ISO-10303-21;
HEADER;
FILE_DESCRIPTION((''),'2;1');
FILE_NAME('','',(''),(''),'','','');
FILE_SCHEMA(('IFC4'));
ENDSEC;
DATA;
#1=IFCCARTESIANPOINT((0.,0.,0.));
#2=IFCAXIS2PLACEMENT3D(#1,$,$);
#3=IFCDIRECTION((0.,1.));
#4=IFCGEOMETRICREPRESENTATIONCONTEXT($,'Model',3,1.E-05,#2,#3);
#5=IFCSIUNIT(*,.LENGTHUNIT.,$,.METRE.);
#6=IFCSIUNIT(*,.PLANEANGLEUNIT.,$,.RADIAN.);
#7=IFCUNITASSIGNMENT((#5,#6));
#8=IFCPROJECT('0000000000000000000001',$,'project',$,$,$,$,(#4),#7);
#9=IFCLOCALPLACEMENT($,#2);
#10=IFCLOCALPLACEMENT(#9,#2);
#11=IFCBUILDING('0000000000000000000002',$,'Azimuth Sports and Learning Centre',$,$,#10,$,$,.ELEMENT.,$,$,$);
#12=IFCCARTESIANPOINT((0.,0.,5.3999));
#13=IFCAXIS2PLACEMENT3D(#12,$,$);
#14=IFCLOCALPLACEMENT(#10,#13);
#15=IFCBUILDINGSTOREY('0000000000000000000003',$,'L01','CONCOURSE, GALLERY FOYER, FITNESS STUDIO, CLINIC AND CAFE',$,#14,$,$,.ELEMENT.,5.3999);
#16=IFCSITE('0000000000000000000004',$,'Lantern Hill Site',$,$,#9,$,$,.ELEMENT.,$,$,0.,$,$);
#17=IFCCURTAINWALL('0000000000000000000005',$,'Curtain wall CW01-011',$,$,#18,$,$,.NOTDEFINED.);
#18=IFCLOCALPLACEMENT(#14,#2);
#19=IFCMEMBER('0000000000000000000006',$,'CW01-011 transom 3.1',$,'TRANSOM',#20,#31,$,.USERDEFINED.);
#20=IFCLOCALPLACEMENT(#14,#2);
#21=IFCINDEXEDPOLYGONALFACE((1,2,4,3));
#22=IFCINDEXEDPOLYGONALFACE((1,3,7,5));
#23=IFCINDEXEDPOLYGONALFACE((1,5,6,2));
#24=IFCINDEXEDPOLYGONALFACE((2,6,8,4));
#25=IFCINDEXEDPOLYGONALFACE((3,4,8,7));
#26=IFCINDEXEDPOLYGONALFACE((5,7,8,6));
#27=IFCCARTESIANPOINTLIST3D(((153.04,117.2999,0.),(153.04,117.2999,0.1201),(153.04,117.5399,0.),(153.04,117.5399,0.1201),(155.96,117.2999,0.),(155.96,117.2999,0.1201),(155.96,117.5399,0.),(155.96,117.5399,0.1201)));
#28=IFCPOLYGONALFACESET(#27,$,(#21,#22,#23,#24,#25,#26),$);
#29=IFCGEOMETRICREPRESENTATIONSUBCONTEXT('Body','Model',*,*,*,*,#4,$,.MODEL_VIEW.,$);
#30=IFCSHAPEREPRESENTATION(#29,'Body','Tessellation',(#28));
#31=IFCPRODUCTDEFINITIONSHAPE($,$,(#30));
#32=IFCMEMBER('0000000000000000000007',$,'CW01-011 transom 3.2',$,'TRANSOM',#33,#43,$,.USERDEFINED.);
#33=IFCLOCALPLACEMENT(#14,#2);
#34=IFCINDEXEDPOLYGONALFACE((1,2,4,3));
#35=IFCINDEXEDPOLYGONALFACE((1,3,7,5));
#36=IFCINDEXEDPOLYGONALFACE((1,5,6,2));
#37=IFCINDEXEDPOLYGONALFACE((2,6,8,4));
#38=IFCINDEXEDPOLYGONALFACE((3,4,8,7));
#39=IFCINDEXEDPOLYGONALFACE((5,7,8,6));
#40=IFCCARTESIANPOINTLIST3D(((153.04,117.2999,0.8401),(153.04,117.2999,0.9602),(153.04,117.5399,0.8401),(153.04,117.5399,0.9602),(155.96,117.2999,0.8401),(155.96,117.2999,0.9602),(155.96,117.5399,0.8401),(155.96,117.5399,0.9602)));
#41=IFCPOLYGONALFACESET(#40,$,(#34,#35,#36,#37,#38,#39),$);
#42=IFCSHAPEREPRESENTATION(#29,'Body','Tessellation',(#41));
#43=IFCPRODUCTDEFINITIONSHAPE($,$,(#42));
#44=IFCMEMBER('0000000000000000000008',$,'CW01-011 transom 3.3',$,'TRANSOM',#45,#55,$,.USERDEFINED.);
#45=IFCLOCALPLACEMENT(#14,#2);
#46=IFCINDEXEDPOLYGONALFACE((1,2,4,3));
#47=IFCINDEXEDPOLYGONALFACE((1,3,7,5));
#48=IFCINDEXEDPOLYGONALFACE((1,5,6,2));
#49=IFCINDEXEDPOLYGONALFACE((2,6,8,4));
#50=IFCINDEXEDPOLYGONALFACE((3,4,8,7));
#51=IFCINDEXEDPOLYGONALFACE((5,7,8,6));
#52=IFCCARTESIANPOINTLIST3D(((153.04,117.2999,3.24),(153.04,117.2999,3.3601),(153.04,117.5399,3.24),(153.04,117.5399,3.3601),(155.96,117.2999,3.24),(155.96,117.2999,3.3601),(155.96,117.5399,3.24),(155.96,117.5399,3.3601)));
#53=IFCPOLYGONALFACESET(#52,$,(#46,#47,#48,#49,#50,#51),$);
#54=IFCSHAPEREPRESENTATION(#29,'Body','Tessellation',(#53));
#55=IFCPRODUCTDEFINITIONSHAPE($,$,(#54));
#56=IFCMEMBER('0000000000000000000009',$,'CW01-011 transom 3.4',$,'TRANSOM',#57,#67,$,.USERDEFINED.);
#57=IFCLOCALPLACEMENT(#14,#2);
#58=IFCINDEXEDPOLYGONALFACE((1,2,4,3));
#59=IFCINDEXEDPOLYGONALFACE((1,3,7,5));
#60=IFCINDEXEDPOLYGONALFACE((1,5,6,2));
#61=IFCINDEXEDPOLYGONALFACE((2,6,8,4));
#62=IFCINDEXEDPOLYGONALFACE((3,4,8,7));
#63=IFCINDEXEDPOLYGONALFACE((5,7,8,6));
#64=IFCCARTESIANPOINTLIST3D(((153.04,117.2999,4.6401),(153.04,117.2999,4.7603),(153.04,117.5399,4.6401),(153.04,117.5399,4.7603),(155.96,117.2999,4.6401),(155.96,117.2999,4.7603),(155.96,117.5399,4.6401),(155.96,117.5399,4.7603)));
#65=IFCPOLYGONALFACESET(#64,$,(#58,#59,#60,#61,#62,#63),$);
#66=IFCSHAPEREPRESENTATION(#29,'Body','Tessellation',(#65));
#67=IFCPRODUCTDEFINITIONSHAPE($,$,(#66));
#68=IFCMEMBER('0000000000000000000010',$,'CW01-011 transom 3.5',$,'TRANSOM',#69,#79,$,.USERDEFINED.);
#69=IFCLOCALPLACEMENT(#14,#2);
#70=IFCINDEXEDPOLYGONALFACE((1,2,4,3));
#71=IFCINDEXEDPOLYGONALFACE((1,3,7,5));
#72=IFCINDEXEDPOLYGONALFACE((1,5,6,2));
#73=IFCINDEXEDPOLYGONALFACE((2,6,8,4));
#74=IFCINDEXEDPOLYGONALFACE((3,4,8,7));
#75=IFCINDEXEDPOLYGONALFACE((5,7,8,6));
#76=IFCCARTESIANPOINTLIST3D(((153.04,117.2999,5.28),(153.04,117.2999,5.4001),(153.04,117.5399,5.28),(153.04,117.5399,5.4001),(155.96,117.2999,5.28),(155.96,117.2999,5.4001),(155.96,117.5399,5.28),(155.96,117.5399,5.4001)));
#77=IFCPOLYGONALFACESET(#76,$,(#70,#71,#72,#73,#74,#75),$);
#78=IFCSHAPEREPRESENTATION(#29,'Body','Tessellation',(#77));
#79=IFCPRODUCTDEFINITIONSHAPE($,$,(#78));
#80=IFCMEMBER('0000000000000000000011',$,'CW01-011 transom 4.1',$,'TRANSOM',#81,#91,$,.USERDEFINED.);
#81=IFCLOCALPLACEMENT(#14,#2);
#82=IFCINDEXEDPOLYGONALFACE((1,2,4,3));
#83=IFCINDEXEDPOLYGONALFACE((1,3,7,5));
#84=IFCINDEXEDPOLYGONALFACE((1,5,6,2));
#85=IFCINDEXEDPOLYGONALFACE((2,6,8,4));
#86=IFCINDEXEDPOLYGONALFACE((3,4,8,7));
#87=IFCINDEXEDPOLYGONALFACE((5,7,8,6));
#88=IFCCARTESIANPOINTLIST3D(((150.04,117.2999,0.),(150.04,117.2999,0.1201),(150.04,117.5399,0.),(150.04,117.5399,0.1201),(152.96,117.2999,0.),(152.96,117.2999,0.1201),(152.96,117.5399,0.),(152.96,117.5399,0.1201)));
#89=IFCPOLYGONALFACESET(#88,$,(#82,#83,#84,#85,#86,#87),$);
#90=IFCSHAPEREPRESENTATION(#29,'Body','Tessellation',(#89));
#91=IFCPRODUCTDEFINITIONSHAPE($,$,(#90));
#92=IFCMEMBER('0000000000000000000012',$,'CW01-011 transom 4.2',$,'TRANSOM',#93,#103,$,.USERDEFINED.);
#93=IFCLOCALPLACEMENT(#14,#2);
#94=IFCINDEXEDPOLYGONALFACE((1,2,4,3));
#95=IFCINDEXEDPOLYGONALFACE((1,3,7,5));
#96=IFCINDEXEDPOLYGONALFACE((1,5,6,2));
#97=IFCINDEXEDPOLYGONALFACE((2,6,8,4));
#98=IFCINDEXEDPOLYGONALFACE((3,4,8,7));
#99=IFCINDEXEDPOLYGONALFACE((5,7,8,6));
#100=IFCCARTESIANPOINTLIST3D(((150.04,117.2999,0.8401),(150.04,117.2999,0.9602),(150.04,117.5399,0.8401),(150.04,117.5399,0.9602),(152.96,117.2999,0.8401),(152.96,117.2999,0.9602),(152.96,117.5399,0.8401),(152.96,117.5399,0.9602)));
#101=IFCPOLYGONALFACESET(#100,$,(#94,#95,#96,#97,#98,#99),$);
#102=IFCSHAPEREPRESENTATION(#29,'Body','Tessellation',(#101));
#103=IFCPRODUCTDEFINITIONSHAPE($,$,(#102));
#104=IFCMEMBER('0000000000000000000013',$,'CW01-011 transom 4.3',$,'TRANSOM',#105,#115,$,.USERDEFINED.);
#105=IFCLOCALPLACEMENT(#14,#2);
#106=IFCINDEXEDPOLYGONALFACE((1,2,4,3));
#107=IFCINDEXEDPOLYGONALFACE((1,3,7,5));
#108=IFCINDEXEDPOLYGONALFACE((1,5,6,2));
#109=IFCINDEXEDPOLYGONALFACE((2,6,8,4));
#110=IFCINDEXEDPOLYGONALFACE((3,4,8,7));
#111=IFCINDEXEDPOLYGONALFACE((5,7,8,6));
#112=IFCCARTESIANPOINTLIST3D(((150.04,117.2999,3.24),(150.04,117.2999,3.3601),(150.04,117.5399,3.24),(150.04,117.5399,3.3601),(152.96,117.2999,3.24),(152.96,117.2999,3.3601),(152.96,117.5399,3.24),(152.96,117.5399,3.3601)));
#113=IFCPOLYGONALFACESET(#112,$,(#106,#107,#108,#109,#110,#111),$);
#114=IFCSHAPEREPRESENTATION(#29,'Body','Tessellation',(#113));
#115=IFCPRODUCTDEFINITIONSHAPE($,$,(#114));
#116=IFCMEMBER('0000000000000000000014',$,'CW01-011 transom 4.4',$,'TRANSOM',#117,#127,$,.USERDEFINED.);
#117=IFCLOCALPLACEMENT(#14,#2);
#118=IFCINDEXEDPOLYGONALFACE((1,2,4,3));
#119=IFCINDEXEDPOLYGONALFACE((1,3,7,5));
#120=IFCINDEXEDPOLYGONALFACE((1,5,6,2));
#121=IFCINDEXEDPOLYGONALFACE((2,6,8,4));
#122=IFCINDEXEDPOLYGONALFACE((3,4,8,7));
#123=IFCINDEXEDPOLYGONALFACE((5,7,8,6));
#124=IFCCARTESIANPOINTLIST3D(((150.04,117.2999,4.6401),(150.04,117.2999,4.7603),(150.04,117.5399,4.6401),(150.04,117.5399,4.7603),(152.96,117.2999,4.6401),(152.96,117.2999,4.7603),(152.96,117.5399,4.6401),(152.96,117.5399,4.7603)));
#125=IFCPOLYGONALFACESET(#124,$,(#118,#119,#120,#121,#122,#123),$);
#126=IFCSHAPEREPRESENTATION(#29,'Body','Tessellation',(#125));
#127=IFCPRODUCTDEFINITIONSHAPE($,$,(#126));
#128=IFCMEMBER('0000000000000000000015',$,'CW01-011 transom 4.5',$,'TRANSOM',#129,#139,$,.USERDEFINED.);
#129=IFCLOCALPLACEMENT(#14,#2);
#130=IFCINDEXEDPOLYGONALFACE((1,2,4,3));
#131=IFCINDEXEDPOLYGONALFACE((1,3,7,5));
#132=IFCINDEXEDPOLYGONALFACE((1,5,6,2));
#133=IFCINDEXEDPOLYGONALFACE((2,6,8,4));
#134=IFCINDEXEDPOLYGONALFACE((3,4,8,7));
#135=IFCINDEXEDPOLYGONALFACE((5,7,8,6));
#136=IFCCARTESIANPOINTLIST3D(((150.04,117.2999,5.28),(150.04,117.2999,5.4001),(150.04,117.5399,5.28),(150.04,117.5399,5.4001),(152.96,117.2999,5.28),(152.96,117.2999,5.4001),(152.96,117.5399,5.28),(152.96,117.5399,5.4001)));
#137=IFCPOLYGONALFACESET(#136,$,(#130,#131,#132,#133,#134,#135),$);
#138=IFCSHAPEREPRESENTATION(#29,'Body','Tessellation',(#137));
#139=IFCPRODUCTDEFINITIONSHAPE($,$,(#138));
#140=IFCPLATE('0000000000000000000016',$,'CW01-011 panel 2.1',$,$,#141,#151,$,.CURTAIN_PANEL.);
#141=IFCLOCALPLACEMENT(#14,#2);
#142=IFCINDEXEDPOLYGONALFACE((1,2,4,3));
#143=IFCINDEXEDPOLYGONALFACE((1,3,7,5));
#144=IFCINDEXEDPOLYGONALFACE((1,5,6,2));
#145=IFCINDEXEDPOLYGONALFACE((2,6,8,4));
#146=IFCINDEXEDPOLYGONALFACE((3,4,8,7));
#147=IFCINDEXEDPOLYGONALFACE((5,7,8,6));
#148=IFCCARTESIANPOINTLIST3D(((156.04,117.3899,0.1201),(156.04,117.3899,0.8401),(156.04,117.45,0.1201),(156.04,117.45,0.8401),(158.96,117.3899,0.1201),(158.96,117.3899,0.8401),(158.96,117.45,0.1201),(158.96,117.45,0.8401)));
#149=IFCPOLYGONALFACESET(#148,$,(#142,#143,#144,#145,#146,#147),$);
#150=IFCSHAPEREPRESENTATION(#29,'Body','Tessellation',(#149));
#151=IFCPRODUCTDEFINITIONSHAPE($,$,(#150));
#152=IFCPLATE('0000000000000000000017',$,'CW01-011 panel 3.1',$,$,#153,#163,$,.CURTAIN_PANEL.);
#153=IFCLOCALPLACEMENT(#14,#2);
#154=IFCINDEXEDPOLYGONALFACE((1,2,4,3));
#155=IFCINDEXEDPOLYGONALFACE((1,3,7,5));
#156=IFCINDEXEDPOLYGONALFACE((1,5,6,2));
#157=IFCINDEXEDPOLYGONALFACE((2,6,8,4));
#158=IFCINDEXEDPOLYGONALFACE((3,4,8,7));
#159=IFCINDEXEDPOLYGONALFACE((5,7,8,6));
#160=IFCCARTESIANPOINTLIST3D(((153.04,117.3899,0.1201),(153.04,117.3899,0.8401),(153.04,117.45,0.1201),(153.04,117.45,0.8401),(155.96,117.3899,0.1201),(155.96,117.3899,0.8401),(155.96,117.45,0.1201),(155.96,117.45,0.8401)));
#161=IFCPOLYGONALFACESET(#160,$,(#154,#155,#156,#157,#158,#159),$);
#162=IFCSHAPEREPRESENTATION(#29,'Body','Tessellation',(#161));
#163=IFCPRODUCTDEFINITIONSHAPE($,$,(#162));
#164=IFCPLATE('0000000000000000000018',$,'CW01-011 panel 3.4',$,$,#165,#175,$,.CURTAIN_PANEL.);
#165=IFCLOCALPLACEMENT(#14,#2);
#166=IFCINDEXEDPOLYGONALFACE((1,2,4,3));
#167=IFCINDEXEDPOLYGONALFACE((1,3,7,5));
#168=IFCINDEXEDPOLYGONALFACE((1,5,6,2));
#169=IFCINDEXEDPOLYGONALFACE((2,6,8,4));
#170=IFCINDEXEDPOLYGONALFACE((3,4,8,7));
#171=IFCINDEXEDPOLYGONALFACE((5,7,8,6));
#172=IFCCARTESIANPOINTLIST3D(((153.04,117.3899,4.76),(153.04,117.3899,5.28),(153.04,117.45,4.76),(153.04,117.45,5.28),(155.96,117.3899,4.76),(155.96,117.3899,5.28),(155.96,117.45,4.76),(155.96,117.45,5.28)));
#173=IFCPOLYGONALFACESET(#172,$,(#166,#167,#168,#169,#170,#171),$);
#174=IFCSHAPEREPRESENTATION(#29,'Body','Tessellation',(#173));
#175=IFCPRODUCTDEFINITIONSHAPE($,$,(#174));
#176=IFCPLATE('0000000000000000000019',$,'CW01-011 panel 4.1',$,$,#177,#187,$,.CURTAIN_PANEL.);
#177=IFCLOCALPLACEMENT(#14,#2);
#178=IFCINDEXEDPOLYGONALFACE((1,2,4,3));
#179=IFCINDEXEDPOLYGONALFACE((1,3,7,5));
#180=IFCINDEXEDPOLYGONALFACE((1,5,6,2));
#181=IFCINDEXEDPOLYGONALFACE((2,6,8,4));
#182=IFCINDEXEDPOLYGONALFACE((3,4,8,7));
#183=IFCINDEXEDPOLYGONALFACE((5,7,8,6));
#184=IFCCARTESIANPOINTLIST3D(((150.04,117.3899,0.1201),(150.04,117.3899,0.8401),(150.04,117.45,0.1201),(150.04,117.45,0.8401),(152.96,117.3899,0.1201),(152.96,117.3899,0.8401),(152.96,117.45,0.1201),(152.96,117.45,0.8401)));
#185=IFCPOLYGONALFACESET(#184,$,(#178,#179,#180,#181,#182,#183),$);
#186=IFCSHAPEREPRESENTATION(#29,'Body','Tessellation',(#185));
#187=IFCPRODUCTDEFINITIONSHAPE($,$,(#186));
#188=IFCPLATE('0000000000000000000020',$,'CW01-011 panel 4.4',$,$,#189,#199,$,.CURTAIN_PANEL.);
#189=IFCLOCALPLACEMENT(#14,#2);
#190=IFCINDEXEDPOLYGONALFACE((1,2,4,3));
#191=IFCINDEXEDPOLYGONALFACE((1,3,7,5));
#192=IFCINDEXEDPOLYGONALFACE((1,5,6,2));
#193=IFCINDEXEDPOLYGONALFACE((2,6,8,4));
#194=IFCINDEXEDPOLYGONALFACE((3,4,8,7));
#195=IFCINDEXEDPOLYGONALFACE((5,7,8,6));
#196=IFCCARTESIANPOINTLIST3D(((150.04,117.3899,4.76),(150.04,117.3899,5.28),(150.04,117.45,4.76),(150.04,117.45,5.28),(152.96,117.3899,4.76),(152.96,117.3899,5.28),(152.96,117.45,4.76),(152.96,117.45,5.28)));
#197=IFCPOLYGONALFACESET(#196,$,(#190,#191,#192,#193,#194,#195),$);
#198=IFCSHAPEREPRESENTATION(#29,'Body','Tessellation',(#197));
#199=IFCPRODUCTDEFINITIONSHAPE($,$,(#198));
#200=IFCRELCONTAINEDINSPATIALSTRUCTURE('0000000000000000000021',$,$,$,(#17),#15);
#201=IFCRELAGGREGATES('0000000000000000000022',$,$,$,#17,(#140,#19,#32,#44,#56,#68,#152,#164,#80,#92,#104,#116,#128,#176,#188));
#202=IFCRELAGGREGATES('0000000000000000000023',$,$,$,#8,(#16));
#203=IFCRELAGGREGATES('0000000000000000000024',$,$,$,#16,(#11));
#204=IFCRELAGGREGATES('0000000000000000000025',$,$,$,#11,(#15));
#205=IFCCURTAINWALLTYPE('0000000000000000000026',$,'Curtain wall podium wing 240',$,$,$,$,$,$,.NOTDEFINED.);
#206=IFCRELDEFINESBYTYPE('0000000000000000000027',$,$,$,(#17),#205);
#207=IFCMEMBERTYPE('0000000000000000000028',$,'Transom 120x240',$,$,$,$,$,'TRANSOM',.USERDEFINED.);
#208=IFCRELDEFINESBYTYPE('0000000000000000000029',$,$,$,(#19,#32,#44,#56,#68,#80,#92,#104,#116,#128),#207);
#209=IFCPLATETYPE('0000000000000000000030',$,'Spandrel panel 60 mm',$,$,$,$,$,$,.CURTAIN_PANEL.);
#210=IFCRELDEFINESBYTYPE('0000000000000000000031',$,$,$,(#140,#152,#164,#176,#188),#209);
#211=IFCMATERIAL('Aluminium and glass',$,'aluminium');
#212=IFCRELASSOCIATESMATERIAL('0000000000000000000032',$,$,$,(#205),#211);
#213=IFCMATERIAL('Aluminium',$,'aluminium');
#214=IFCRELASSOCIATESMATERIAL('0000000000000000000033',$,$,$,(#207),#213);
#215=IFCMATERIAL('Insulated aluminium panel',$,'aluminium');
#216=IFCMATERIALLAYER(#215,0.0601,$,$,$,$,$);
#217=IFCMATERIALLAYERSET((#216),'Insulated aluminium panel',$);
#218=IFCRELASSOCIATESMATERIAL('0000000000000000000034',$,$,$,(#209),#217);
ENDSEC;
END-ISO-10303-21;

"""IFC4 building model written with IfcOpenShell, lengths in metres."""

from ifc_helpers import new_model, si_unit, direction, frame, origin, origin_2d, place, context, subcontext, project, spatial, rectangle, extrude, material, layer, layer_set, material_profile, profile_set, type_object, element, aggregate, save


model = new_model("IFC4")

# Units and contexts
model_context = context("Model", 3, precision=1e-05, world=origin(), true_north=direction((0.0, 1.0)))
body_context = subcontext(model_context, "Body", "Model", "MODEL_VIEW")
ifc_project = project(units=[si_unit("LENGTHUNIT", "METRE"), si_unit("PLANEANGLEUNIT", "RADIAN")], contexts=[model_context])

# Site, building, storey
site_placement = place(None, origin())
site = spatial("IfcSite", under=ifc_project, at=site_placement, Name="Lantern Hill Site", CompositionType="ELEMENT", RefElevation=0.0)
building_placement = place(site_placement, origin())
building = spatial("IfcBuilding", under=site, at=building_placement, Name="Azimuth Sports and Learning Centre", CompositionType="ELEMENT")
storey_placement = place(building_placement, frame((0.0, 0.0, 5.3999)))
storey = spatial("IfcBuildingStorey", under=building, at=storey_placement, Name="L01", Description="CONCOURSE, GALLERY FOYER, FITNESS STUDIO, CLINIC AND CAFE", CompositionType="ELEMENT", Elevation=5.3999)

# Curtain wall, members, plates
ifc_material_1 = material(Name="Aluminium and glass", Category="aluminium")
curtain_wall_type = type_object("IfcCurtainWallType", Name="Curtain wall podium wing 240", PredefinedType="NOTDEFINED", material=ifc_material_1)
curtain_wall_placement = place(storey_placement, origin())
curtain_wall = element("IfcCurtainWall", 1, at=curtain_wall_placement, inside=storey, type_object=curtain_wall_type, Name="Curtain wall CW01-011", PredefinedType="NOTDEFINED")
ifc_material_2 = material(Name="Aluminium", Category="aluminium")
ifc_material_profile_1 = material_profile(ifc_material_2, rectangle(XDim=0.24, YDim=0.1201, at=origin_2d()), Name="Transom 120x240")
ifc_profile_set_1 = profile_set([ifc_material_profile_1], Name="Aluminium")
member_type_1 = type_object("IfcMemberType", Name="Transom 120x240", ElementType="TRANSOM", PredefinedType="USERDEFINED", material=ifc_profile_set_1)
member_1_placement = place(storey_placement, frame((155.96, 117.4199, 0.0601), z_axis=(-1.0, 0.0, 0.0), x_axis=(0.0, -1.0, 0.0)))
member_1 = element("IfcMember", 2, at=member_1_placement, type_object=member_type_1, Name="CW01-011 transom 3.1", ObjectType="TRANSOM", PredefinedType="USERDEFINED", context=body_context, shape_type="SweptSolid", body=[
    extrude(rectangle(XDim=0.24, YDim=0.1201, at=origin_2d()), origin(), (0.0, 0.0, 1.0), 2.9199),
])
member_2_placement = place(storey_placement, frame((155.96, 117.4199, 0.9001), z_axis=(-1.0, 0.0, 0.0), x_axis=(0.0, -1.0, 0.0)))
member_2 = element("IfcMember", 3, at=member_2_placement, type_object=member_type_1, Name="CW01-011 transom 3.2", ObjectType="TRANSOM", PredefinedType="USERDEFINED", context=body_context, shape_type="SweptSolid", body=[
    extrude(rectangle(XDim=0.24, YDim=0.1201, at=origin_2d()), origin(), (0.0, 0.0, 1.0), 2.9199),
])
member_3_placement = place(storey_placement, frame((155.96, 117.4199, 3.3), z_axis=(-1.0, 0.0, 0.0), x_axis=(0.0, -1.0, 0.0)))
member_3 = element("IfcMember", 4, at=member_3_placement, type_object=member_type_1, Name="CW01-011 transom 3.3", ObjectType="TRANSOM", PredefinedType="USERDEFINED", context=body_context, shape_type="SweptSolid", body=[
    extrude(rectangle(XDim=0.24, YDim=0.1201, at=origin_2d()), origin(), (0.0, 0.0, 1.0), 2.9199),
])
member_4_placement = place(storey_placement, frame((155.96, 117.4199, 4.7002), z_axis=(-1.0, 0.0, 0.0), x_axis=(0.0, -1.0, 0.0)))
member_4 = element("IfcMember", 5, at=member_4_placement, type_object=member_type_1, Name="CW01-011 transom 3.4", ObjectType="TRANSOM", PredefinedType="USERDEFINED", context=body_context, shape_type="SweptSolid", body=[
    extrude(rectangle(XDim=0.24, YDim=0.1201, at=origin_2d()), origin(), (0.0, 0.0, 1.0), 2.9199),
])
member_5_placement = place(storey_placement, frame((155.96, 117.4199, 5.3401), z_axis=(-1.0, 0.0, 0.0), x_axis=(0.0, -1.0, 0.0)))
member_5 = element("IfcMember", 6, at=member_5_placement, type_object=member_type_1, Name="CW01-011 transom 3.5", ObjectType="TRANSOM", PredefinedType="USERDEFINED", context=body_context, shape_type="SweptSolid", body=[
    extrude(rectangle(XDim=0.24, YDim=0.1201, at=origin_2d()), origin(), (0.0, 0.0, 1.0), 2.9199),
])
member_6_placement = place(storey_placement, frame((152.96, 117.4199, 0.0601), z_axis=(-1.0, 0.0, 0.0), x_axis=(0.0, -1.0, 0.0)))
member_6 = element("IfcMember", 7, at=member_6_placement, type_object=member_type_1, Name="CW01-011 transom 4.1", ObjectType="TRANSOM", PredefinedType="USERDEFINED", context=body_context, shape_type="SweptSolid", body=[
    extrude(rectangle(XDim=0.24, YDim=0.1201, at=origin_2d()), origin(), (0.0, 0.0, 1.0), 2.9199),
])
member_7_placement = place(storey_placement, frame((152.96, 117.4199, 0.9001), z_axis=(-1.0, 0.0, 0.0), x_axis=(0.0, -1.0, 0.0)))
member_7 = element("IfcMember", 8, at=member_7_placement, type_object=member_type_1, Name="CW01-011 transom 4.2", ObjectType="TRANSOM", PredefinedType="USERDEFINED", context=body_context, shape_type="SweptSolid", body=[
    extrude(rectangle(XDim=0.24, YDim=0.1201, at=origin_2d()), origin(), (0.0, 0.0, 1.0), 2.9199),
])
member_8_placement = place(storey_placement, frame((152.96, 117.4199, 3.3), z_axis=(-1.0, 0.0, 0.0), x_axis=(0.0, -1.0, 0.0)))
member_8 = element("IfcMember", 9, at=member_8_placement, type_object=member_type_1, Name="CW01-011 transom 4.3", ObjectType="TRANSOM", PredefinedType="USERDEFINED", context=body_context, shape_type="SweptSolid", body=[
    extrude(rectangle(XDim=0.24, YDim=0.1201, at=origin_2d()), origin(), (0.0, 0.0, 1.0), 2.9199),
])
member_9_placement = place(storey_placement, frame((152.96, 117.4199, 4.7002), z_axis=(-1.0, 0.0, 0.0), x_axis=(0.0, -1.0, 0.0)))
member_9 = element("IfcMember", 10, at=member_9_placement, type_object=member_type_1, Name="CW01-011 transom 4.4", ObjectType="TRANSOM", PredefinedType="USERDEFINED", context=body_context, shape_type="SweptSolid", body=[
    extrude(rectangle(XDim=0.24, YDim=0.1201, at=origin_2d()), origin(), (0.0, 0.0, 1.0), 2.9199),
])
member_10_placement = place(storey_placement, frame((152.96, 117.4199, 5.3401), z_axis=(-1.0, 0.0, 0.0), x_axis=(0.0, -1.0, 0.0)))
member_10 = element("IfcMember", 11, at=member_10_placement, type_object=member_type_1, Name="CW01-011 transom 4.5", ObjectType="TRANSOM", PredefinedType="USERDEFINED", context=body_context, shape_type="SweptSolid", body=[
    extrude(rectangle(XDim=0.24, YDim=0.1201, at=origin_2d()), origin(), (0.0, 0.0, 1.0), 2.9199),
])
ifc_material_3 = material(Name="Insulated aluminium panel", Category="aluminium")
ifc_layer_1 = layer(ifc_material_3, 0.0601)
ifc_layer_set_1 = layer_set([ifc_layer_1], Name="Insulated aluminium panel")
plate_type_1 = type_object("IfcPlateType", Name="Spandrel panel 60 mm", PredefinedType="CURTAIN_PANEL", material=ifc_layer_set_1)
plate_1_placement = place(storey_placement, frame((157.5, 117.4199, 0.1201), z_axis=(0.0, 0.0, 1.0), x_axis=(-1.0, 0.0, 0.0)))
plate_1 = element("IfcPlate", 12, at=plate_1_placement, type_object=plate_type_1, Name="CW01-011 panel 2.1", PredefinedType="CURTAIN_PANEL", context=body_context, shape_type="SweptSolid", body=[
    extrude(rectangle(XDim=2.9199, YDim=0.0601, at=origin_2d()), origin(), (0.0, 0.0, 1.0), 0.72),
])
plate_2_placement = place(storey_placement, frame((154.5, 117.4199, 0.1201), z_axis=(0.0, 0.0, 1.0), x_axis=(-1.0, 0.0, 0.0)))
plate_2 = element("IfcPlate", 13, at=plate_2_placement, type_object=plate_type_1, Name="CW01-011 panel 3.1", PredefinedType="CURTAIN_PANEL", context=body_context, shape_type="SweptSolid", body=[
    extrude(rectangle(XDim=2.9199, YDim=0.0601, at=origin_2d()), origin(), (0.0, 0.0, 1.0), 0.72),
])
plate_3_placement = place(storey_placement, frame((154.5, 117.4199, 4.76), z_axis=(0.0, 0.0, 1.0), x_axis=(-1.0, 0.0, 0.0)))
plate_3 = element("IfcPlate", 14, at=plate_3_placement, type_object=plate_type_1, Name="CW01-011 panel 3.4", PredefinedType="CURTAIN_PANEL", context=body_context, shape_type="SweptSolid", body=[
    extrude(rectangle(XDim=2.9199, YDim=0.0601, at=origin_2d()), origin(), (0.0, 0.0, 1.0), 0.52),
])
plate_4_placement = place(storey_placement, frame((151.5, 117.4199, 0.1201), z_axis=(0.0, 0.0, 1.0), x_axis=(-1.0, 0.0, 0.0)))
plate_4 = element("IfcPlate", 15, at=plate_4_placement, type_object=plate_type_1, Name="CW01-011 panel 4.1", PredefinedType="CURTAIN_PANEL", context=body_context, shape_type="SweptSolid", body=[
    extrude(rectangle(XDim=2.9199, YDim=0.0601, at=origin_2d()), origin(), (0.0, 0.0, 1.0), 0.72),
])
plate_5_placement = place(storey_placement, frame((151.5, 117.4199, 4.76), z_axis=(0.0, 0.0, 1.0), x_axis=(-1.0, 0.0, 0.0)))
plate_5 = element("IfcPlate", 16, at=plate_5_placement, type_object=plate_type_1, Name="CW01-011 panel 4.4", PredefinedType="CURTAIN_PANEL", context=body_context, shape_type="SweptSolid", body=[
    extrude(rectangle(XDim=2.9199, YDim=0.0601, at=origin_2d()), origin(), (0.0, 0.0, 1.0), 0.52),
])
aggregate(curtain_wall, [plate_1, member_1, member_2, member_3, member_4, member_5, plate_2, plate_3, member_6, member_7, member_8, member_9, member_10, plate_4, plate_5])

save(model, "model.ifc")
